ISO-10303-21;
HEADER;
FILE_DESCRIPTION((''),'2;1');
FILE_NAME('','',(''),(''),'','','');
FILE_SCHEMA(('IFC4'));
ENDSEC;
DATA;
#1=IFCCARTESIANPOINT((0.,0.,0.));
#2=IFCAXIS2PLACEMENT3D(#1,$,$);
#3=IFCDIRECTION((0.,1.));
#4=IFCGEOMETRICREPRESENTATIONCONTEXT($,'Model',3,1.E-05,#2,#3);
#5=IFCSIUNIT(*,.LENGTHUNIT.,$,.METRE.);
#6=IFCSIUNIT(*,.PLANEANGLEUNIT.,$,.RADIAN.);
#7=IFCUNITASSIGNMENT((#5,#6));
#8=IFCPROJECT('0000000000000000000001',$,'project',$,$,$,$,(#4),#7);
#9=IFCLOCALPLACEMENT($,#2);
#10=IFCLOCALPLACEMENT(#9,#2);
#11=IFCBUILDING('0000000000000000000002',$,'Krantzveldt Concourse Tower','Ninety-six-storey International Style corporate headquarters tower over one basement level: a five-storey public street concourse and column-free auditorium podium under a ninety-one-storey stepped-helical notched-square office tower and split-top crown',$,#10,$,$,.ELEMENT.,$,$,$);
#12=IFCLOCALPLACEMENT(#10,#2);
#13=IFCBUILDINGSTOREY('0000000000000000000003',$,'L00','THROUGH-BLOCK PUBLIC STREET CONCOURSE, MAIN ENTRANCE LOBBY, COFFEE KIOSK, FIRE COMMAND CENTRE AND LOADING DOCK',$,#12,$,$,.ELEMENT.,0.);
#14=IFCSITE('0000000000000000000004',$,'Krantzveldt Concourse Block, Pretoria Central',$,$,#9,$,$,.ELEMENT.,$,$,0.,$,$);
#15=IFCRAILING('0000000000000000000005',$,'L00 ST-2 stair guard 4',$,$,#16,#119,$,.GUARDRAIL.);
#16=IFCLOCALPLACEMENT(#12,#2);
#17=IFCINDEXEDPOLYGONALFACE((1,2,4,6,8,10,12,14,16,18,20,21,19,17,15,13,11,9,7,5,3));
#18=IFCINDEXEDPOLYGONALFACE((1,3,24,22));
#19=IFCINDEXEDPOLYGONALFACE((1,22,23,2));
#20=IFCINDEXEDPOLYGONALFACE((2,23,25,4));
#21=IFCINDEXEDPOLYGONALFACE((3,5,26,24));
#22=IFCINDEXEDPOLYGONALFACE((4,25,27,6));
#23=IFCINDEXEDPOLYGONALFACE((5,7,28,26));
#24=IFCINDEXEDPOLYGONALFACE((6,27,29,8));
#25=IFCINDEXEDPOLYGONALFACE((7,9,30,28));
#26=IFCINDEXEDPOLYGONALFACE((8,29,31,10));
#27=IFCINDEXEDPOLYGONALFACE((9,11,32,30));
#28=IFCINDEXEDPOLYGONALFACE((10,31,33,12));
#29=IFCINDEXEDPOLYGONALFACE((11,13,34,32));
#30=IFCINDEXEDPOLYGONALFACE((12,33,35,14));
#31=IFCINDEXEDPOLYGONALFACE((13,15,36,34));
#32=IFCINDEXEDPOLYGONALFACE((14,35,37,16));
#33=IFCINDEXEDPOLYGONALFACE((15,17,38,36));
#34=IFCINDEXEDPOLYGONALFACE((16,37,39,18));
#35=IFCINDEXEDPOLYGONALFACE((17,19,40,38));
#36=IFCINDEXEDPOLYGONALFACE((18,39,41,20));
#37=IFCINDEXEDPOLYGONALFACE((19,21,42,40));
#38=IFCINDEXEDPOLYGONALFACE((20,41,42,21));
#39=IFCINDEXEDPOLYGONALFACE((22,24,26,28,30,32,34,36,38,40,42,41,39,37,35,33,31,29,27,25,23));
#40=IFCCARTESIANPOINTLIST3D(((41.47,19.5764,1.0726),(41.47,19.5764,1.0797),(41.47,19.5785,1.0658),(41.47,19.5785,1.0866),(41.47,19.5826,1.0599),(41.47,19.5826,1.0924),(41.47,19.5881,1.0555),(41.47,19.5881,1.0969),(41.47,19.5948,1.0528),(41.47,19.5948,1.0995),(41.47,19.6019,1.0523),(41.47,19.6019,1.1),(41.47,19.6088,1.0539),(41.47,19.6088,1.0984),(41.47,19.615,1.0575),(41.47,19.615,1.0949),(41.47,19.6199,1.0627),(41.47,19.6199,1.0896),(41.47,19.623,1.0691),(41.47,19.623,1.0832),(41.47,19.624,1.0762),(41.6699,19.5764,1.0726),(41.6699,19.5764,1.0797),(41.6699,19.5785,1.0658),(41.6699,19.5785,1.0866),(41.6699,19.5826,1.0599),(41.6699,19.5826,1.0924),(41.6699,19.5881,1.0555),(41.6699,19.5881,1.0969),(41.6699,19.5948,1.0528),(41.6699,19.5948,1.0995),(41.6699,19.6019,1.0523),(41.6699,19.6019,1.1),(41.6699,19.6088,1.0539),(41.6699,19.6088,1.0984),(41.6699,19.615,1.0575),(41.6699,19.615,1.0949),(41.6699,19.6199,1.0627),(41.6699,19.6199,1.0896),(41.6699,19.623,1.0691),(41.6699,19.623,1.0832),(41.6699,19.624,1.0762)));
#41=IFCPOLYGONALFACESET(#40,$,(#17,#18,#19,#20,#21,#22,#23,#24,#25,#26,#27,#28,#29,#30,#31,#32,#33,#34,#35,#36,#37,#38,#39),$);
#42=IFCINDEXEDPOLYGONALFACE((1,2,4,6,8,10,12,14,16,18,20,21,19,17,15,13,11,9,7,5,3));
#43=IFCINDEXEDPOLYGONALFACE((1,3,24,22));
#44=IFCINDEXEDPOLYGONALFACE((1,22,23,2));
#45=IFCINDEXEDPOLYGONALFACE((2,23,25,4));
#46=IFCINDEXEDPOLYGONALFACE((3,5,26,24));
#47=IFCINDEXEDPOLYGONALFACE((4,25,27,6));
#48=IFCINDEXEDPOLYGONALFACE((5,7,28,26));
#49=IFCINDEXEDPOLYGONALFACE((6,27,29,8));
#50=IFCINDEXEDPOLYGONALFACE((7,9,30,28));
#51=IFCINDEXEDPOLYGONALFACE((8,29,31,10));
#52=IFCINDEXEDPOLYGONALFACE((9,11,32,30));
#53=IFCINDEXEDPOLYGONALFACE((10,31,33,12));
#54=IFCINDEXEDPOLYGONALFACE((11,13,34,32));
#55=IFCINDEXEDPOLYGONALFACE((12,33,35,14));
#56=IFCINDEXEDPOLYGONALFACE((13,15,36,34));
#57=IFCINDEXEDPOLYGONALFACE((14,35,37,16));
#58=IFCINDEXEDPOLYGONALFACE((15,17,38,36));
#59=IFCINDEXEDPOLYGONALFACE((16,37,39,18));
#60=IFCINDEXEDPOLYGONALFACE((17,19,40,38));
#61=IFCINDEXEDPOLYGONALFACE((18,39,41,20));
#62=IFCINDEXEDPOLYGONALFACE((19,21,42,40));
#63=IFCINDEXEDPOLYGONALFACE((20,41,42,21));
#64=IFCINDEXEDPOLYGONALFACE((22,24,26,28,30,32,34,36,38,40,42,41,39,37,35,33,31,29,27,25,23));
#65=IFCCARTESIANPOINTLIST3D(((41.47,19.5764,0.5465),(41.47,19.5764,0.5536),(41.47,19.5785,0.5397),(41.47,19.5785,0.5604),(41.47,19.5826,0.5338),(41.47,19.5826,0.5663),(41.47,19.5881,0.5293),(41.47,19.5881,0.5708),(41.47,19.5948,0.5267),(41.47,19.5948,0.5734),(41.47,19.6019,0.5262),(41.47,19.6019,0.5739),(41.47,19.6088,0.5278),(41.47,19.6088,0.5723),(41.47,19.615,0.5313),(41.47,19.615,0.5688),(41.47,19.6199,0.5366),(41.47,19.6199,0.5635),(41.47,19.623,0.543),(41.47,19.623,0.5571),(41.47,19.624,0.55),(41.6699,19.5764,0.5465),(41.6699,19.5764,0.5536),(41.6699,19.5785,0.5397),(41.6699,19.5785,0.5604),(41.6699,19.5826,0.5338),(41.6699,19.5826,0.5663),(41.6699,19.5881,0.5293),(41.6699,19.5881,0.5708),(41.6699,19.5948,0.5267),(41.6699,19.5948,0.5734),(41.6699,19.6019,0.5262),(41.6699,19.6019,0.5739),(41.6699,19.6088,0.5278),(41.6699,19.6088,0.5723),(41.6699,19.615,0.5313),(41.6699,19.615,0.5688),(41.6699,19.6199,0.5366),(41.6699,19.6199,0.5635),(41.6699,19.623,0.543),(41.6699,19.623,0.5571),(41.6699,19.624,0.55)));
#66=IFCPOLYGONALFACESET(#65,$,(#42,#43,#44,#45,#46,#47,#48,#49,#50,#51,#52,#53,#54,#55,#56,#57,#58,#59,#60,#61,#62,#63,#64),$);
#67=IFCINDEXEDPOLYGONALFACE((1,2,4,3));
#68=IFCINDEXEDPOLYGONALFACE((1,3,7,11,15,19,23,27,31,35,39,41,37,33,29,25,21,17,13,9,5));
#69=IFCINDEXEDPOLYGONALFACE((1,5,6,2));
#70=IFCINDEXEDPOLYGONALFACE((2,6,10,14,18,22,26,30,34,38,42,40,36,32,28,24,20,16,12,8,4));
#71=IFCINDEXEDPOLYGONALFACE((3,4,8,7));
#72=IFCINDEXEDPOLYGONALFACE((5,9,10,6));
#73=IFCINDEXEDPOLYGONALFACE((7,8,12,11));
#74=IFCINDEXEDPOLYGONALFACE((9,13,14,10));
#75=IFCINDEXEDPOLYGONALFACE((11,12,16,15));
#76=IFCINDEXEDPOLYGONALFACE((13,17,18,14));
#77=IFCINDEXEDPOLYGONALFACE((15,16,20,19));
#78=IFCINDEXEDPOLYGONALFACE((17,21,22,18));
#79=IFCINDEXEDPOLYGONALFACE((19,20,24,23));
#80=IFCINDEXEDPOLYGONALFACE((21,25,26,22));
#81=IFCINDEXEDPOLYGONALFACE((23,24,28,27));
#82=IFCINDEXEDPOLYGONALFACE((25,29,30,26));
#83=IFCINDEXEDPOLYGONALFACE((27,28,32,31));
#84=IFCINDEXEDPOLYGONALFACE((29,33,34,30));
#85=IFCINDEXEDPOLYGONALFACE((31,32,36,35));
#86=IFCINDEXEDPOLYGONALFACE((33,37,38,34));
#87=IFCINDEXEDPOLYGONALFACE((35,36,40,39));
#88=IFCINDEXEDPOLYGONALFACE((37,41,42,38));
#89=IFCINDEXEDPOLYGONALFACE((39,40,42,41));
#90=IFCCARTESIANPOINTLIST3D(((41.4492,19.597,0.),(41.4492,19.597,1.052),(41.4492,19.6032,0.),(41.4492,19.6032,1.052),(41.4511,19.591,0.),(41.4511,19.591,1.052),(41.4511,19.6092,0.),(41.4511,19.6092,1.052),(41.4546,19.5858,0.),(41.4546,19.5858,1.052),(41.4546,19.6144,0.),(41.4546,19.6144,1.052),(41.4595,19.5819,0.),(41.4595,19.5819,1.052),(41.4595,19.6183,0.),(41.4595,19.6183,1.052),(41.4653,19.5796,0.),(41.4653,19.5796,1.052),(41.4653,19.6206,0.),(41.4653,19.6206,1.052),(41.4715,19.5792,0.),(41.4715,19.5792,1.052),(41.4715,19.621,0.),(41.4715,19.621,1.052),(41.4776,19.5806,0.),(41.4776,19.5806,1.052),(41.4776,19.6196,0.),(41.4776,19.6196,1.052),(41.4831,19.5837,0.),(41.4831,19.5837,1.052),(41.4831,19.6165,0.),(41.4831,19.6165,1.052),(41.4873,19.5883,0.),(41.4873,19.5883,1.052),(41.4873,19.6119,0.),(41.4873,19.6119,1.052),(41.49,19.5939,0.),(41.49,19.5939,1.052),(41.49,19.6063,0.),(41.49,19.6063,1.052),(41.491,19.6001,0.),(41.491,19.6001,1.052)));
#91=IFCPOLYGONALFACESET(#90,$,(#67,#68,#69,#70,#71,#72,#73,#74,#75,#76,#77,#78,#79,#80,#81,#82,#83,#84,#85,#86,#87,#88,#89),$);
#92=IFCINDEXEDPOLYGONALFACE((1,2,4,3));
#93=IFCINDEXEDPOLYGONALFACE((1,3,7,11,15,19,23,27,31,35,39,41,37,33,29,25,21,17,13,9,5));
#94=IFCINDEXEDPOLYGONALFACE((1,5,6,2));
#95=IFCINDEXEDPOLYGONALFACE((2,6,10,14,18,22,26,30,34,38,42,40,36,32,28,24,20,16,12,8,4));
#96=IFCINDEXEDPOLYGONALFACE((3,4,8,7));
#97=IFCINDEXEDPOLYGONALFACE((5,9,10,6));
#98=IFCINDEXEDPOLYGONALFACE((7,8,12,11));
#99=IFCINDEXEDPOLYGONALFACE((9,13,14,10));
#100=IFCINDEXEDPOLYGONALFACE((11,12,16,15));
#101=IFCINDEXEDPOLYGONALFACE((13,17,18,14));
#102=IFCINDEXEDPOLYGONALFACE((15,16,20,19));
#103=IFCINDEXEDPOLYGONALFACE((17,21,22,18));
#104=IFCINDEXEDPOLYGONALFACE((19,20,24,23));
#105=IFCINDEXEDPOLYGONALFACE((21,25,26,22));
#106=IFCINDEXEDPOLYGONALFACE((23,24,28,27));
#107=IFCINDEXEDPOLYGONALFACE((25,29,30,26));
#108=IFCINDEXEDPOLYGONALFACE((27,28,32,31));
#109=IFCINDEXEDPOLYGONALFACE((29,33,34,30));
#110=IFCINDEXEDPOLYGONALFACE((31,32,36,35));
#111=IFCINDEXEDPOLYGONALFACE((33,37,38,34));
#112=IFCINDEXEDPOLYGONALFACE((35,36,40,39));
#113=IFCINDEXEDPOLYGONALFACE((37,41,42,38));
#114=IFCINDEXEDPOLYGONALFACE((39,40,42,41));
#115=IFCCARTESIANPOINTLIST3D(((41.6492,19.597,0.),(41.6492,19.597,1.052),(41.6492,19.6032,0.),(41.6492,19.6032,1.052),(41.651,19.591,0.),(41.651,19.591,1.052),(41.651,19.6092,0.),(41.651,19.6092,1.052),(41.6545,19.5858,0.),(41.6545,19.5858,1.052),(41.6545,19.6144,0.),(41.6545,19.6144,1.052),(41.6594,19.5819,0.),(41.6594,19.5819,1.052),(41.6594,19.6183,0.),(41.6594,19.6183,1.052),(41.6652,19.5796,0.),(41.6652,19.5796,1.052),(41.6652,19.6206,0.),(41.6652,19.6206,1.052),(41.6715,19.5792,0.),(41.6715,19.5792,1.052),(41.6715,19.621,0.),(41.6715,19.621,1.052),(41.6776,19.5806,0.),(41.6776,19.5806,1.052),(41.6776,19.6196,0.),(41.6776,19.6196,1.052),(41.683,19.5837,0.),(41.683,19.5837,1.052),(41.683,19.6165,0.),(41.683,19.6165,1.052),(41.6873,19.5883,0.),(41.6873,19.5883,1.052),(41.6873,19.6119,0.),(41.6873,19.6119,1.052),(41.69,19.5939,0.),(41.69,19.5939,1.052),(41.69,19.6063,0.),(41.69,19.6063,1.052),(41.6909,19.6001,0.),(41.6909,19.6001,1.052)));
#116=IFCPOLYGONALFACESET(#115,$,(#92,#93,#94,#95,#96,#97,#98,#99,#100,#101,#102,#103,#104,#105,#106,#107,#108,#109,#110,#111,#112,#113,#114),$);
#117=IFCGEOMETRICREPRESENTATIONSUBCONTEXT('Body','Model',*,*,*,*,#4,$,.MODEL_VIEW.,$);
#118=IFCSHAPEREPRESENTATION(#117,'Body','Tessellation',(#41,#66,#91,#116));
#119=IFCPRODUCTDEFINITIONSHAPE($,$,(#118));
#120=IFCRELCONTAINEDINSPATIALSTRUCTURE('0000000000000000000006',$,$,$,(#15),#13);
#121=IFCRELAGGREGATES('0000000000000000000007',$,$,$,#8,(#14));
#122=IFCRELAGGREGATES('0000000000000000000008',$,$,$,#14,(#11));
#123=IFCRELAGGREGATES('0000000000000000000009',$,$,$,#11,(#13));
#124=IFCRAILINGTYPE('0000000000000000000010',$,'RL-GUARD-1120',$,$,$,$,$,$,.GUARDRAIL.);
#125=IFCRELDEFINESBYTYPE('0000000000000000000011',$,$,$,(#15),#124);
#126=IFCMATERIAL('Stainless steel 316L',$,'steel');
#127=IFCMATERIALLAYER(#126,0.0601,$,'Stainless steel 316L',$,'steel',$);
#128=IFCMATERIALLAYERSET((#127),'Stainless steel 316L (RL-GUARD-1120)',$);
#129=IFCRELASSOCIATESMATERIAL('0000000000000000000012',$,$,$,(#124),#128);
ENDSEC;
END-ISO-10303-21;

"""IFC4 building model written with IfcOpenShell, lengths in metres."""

from ifc_helpers import new_model, si_unit, direction, frame, origin, origin_2d, place, context, subcontext, project, spatial, circle, extrude, material, layer, layer_set, type_object, element, save


model = new_model("IFC4")

# Units and contexts
model_context = context("Model", 3, precision=1e-05, world=origin(), true_north=direction((0.0, 1.0)))
body_context = subcontext(model_context, "Body", "Model", "MODEL_VIEW")
ifc_project = project(units=[si_unit("LENGTHUNIT", "METRE"), si_unit("PLANEANGLEUNIT", "RADIAN")], contexts=[model_context])

# Site, building, storey
site_placement = place(None, origin())
site = spatial("IfcSite", under=ifc_project, at=site_placement, Name="Krantzveldt Concourse Block, Pretoria Central", CompositionType="ELEMENT", RefElevation=0.0)
building_placement = place(site_placement, origin())
building = spatial("IfcBuilding", under=site, at=building_placement, Name="Krantzveldt Concourse Tower", Description="Ninety-six-storey International Style corporate headquarters tower over one basement level: a five-storey public street concourse and column-free auditorium podium under a ninety-one-storey stepped-helical notched-square office tower and split-top crown", CompositionType="ELEMENT")
storey_placement = place(building_placement, origin())
storey = spatial("IfcBuildingStorey", under=building, at=storey_placement, Name="L00", Description="THROUGH-BLOCK PUBLIC STREET CONCOURSE, MAIN ENTRANCE LOBBY, COFFEE KIOSK, FIRE COMMAND CENTRE AND LOADING DOCK", CompositionType="ELEMENT", Elevation=0.0)

# Railing
ifc_material_1 = material(Name="Stainless steel 316L", Category="steel")
ifc_layer_1 = layer(ifc_material_1, 0.0601, Name="Stainless steel 316L", Category="steel")
ifc_layer_set_1 = layer_set([ifc_layer_1], Name="Stainless steel 316L (RL-GUARD-1120)")
railing_type_1 = type_object("IfcRailingType", Name="RL-GUARD-1120", PredefinedType="GUARDRAIL", material=ifc_layer_set_1)
railing_1_placement = place(storey_placement, frame((41.47, 19.6001, 0.0)))
element("IfcRailing", 1, at=railing_1_placement, inside=storey, type_object=railing_type_1, Name="L00 ST-2 stair guard 4", PredefinedType="GUARDRAIL", context=body_context, shape_type="SweptSolid", body=[
    extrude(circle(Radius=0.0239, at=origin_2d()), frame((0.0, 0.0, 1.0762), z_axis=(1.0, 0.0, 0.0), x_axis=(0.0, 1.0, 0.0)), (0.0, 0.0, 1.0), 0.2),
    extrude(circle(Radius=0.0239, at=origin_2d()), frame((0.0, 0.0, 0.55), z_axis=(1.0, 0.0, 0.0), x_axis=(0.0, 1.0, 0.0)), (0.0, 0.0, 1.0), 0.2),
    extrude(circle(Radius=0.021, at=origin_2d()), origin(), (0.0, 0.0, 1.0), 1.052),
    extrude(circle(Radius=0.021, at=origin_2d()), frame((0.2, 0.0, 0.0)), (0.0, 0.0, 1.0), 1.052),
])

save(model, "model.ifc")
